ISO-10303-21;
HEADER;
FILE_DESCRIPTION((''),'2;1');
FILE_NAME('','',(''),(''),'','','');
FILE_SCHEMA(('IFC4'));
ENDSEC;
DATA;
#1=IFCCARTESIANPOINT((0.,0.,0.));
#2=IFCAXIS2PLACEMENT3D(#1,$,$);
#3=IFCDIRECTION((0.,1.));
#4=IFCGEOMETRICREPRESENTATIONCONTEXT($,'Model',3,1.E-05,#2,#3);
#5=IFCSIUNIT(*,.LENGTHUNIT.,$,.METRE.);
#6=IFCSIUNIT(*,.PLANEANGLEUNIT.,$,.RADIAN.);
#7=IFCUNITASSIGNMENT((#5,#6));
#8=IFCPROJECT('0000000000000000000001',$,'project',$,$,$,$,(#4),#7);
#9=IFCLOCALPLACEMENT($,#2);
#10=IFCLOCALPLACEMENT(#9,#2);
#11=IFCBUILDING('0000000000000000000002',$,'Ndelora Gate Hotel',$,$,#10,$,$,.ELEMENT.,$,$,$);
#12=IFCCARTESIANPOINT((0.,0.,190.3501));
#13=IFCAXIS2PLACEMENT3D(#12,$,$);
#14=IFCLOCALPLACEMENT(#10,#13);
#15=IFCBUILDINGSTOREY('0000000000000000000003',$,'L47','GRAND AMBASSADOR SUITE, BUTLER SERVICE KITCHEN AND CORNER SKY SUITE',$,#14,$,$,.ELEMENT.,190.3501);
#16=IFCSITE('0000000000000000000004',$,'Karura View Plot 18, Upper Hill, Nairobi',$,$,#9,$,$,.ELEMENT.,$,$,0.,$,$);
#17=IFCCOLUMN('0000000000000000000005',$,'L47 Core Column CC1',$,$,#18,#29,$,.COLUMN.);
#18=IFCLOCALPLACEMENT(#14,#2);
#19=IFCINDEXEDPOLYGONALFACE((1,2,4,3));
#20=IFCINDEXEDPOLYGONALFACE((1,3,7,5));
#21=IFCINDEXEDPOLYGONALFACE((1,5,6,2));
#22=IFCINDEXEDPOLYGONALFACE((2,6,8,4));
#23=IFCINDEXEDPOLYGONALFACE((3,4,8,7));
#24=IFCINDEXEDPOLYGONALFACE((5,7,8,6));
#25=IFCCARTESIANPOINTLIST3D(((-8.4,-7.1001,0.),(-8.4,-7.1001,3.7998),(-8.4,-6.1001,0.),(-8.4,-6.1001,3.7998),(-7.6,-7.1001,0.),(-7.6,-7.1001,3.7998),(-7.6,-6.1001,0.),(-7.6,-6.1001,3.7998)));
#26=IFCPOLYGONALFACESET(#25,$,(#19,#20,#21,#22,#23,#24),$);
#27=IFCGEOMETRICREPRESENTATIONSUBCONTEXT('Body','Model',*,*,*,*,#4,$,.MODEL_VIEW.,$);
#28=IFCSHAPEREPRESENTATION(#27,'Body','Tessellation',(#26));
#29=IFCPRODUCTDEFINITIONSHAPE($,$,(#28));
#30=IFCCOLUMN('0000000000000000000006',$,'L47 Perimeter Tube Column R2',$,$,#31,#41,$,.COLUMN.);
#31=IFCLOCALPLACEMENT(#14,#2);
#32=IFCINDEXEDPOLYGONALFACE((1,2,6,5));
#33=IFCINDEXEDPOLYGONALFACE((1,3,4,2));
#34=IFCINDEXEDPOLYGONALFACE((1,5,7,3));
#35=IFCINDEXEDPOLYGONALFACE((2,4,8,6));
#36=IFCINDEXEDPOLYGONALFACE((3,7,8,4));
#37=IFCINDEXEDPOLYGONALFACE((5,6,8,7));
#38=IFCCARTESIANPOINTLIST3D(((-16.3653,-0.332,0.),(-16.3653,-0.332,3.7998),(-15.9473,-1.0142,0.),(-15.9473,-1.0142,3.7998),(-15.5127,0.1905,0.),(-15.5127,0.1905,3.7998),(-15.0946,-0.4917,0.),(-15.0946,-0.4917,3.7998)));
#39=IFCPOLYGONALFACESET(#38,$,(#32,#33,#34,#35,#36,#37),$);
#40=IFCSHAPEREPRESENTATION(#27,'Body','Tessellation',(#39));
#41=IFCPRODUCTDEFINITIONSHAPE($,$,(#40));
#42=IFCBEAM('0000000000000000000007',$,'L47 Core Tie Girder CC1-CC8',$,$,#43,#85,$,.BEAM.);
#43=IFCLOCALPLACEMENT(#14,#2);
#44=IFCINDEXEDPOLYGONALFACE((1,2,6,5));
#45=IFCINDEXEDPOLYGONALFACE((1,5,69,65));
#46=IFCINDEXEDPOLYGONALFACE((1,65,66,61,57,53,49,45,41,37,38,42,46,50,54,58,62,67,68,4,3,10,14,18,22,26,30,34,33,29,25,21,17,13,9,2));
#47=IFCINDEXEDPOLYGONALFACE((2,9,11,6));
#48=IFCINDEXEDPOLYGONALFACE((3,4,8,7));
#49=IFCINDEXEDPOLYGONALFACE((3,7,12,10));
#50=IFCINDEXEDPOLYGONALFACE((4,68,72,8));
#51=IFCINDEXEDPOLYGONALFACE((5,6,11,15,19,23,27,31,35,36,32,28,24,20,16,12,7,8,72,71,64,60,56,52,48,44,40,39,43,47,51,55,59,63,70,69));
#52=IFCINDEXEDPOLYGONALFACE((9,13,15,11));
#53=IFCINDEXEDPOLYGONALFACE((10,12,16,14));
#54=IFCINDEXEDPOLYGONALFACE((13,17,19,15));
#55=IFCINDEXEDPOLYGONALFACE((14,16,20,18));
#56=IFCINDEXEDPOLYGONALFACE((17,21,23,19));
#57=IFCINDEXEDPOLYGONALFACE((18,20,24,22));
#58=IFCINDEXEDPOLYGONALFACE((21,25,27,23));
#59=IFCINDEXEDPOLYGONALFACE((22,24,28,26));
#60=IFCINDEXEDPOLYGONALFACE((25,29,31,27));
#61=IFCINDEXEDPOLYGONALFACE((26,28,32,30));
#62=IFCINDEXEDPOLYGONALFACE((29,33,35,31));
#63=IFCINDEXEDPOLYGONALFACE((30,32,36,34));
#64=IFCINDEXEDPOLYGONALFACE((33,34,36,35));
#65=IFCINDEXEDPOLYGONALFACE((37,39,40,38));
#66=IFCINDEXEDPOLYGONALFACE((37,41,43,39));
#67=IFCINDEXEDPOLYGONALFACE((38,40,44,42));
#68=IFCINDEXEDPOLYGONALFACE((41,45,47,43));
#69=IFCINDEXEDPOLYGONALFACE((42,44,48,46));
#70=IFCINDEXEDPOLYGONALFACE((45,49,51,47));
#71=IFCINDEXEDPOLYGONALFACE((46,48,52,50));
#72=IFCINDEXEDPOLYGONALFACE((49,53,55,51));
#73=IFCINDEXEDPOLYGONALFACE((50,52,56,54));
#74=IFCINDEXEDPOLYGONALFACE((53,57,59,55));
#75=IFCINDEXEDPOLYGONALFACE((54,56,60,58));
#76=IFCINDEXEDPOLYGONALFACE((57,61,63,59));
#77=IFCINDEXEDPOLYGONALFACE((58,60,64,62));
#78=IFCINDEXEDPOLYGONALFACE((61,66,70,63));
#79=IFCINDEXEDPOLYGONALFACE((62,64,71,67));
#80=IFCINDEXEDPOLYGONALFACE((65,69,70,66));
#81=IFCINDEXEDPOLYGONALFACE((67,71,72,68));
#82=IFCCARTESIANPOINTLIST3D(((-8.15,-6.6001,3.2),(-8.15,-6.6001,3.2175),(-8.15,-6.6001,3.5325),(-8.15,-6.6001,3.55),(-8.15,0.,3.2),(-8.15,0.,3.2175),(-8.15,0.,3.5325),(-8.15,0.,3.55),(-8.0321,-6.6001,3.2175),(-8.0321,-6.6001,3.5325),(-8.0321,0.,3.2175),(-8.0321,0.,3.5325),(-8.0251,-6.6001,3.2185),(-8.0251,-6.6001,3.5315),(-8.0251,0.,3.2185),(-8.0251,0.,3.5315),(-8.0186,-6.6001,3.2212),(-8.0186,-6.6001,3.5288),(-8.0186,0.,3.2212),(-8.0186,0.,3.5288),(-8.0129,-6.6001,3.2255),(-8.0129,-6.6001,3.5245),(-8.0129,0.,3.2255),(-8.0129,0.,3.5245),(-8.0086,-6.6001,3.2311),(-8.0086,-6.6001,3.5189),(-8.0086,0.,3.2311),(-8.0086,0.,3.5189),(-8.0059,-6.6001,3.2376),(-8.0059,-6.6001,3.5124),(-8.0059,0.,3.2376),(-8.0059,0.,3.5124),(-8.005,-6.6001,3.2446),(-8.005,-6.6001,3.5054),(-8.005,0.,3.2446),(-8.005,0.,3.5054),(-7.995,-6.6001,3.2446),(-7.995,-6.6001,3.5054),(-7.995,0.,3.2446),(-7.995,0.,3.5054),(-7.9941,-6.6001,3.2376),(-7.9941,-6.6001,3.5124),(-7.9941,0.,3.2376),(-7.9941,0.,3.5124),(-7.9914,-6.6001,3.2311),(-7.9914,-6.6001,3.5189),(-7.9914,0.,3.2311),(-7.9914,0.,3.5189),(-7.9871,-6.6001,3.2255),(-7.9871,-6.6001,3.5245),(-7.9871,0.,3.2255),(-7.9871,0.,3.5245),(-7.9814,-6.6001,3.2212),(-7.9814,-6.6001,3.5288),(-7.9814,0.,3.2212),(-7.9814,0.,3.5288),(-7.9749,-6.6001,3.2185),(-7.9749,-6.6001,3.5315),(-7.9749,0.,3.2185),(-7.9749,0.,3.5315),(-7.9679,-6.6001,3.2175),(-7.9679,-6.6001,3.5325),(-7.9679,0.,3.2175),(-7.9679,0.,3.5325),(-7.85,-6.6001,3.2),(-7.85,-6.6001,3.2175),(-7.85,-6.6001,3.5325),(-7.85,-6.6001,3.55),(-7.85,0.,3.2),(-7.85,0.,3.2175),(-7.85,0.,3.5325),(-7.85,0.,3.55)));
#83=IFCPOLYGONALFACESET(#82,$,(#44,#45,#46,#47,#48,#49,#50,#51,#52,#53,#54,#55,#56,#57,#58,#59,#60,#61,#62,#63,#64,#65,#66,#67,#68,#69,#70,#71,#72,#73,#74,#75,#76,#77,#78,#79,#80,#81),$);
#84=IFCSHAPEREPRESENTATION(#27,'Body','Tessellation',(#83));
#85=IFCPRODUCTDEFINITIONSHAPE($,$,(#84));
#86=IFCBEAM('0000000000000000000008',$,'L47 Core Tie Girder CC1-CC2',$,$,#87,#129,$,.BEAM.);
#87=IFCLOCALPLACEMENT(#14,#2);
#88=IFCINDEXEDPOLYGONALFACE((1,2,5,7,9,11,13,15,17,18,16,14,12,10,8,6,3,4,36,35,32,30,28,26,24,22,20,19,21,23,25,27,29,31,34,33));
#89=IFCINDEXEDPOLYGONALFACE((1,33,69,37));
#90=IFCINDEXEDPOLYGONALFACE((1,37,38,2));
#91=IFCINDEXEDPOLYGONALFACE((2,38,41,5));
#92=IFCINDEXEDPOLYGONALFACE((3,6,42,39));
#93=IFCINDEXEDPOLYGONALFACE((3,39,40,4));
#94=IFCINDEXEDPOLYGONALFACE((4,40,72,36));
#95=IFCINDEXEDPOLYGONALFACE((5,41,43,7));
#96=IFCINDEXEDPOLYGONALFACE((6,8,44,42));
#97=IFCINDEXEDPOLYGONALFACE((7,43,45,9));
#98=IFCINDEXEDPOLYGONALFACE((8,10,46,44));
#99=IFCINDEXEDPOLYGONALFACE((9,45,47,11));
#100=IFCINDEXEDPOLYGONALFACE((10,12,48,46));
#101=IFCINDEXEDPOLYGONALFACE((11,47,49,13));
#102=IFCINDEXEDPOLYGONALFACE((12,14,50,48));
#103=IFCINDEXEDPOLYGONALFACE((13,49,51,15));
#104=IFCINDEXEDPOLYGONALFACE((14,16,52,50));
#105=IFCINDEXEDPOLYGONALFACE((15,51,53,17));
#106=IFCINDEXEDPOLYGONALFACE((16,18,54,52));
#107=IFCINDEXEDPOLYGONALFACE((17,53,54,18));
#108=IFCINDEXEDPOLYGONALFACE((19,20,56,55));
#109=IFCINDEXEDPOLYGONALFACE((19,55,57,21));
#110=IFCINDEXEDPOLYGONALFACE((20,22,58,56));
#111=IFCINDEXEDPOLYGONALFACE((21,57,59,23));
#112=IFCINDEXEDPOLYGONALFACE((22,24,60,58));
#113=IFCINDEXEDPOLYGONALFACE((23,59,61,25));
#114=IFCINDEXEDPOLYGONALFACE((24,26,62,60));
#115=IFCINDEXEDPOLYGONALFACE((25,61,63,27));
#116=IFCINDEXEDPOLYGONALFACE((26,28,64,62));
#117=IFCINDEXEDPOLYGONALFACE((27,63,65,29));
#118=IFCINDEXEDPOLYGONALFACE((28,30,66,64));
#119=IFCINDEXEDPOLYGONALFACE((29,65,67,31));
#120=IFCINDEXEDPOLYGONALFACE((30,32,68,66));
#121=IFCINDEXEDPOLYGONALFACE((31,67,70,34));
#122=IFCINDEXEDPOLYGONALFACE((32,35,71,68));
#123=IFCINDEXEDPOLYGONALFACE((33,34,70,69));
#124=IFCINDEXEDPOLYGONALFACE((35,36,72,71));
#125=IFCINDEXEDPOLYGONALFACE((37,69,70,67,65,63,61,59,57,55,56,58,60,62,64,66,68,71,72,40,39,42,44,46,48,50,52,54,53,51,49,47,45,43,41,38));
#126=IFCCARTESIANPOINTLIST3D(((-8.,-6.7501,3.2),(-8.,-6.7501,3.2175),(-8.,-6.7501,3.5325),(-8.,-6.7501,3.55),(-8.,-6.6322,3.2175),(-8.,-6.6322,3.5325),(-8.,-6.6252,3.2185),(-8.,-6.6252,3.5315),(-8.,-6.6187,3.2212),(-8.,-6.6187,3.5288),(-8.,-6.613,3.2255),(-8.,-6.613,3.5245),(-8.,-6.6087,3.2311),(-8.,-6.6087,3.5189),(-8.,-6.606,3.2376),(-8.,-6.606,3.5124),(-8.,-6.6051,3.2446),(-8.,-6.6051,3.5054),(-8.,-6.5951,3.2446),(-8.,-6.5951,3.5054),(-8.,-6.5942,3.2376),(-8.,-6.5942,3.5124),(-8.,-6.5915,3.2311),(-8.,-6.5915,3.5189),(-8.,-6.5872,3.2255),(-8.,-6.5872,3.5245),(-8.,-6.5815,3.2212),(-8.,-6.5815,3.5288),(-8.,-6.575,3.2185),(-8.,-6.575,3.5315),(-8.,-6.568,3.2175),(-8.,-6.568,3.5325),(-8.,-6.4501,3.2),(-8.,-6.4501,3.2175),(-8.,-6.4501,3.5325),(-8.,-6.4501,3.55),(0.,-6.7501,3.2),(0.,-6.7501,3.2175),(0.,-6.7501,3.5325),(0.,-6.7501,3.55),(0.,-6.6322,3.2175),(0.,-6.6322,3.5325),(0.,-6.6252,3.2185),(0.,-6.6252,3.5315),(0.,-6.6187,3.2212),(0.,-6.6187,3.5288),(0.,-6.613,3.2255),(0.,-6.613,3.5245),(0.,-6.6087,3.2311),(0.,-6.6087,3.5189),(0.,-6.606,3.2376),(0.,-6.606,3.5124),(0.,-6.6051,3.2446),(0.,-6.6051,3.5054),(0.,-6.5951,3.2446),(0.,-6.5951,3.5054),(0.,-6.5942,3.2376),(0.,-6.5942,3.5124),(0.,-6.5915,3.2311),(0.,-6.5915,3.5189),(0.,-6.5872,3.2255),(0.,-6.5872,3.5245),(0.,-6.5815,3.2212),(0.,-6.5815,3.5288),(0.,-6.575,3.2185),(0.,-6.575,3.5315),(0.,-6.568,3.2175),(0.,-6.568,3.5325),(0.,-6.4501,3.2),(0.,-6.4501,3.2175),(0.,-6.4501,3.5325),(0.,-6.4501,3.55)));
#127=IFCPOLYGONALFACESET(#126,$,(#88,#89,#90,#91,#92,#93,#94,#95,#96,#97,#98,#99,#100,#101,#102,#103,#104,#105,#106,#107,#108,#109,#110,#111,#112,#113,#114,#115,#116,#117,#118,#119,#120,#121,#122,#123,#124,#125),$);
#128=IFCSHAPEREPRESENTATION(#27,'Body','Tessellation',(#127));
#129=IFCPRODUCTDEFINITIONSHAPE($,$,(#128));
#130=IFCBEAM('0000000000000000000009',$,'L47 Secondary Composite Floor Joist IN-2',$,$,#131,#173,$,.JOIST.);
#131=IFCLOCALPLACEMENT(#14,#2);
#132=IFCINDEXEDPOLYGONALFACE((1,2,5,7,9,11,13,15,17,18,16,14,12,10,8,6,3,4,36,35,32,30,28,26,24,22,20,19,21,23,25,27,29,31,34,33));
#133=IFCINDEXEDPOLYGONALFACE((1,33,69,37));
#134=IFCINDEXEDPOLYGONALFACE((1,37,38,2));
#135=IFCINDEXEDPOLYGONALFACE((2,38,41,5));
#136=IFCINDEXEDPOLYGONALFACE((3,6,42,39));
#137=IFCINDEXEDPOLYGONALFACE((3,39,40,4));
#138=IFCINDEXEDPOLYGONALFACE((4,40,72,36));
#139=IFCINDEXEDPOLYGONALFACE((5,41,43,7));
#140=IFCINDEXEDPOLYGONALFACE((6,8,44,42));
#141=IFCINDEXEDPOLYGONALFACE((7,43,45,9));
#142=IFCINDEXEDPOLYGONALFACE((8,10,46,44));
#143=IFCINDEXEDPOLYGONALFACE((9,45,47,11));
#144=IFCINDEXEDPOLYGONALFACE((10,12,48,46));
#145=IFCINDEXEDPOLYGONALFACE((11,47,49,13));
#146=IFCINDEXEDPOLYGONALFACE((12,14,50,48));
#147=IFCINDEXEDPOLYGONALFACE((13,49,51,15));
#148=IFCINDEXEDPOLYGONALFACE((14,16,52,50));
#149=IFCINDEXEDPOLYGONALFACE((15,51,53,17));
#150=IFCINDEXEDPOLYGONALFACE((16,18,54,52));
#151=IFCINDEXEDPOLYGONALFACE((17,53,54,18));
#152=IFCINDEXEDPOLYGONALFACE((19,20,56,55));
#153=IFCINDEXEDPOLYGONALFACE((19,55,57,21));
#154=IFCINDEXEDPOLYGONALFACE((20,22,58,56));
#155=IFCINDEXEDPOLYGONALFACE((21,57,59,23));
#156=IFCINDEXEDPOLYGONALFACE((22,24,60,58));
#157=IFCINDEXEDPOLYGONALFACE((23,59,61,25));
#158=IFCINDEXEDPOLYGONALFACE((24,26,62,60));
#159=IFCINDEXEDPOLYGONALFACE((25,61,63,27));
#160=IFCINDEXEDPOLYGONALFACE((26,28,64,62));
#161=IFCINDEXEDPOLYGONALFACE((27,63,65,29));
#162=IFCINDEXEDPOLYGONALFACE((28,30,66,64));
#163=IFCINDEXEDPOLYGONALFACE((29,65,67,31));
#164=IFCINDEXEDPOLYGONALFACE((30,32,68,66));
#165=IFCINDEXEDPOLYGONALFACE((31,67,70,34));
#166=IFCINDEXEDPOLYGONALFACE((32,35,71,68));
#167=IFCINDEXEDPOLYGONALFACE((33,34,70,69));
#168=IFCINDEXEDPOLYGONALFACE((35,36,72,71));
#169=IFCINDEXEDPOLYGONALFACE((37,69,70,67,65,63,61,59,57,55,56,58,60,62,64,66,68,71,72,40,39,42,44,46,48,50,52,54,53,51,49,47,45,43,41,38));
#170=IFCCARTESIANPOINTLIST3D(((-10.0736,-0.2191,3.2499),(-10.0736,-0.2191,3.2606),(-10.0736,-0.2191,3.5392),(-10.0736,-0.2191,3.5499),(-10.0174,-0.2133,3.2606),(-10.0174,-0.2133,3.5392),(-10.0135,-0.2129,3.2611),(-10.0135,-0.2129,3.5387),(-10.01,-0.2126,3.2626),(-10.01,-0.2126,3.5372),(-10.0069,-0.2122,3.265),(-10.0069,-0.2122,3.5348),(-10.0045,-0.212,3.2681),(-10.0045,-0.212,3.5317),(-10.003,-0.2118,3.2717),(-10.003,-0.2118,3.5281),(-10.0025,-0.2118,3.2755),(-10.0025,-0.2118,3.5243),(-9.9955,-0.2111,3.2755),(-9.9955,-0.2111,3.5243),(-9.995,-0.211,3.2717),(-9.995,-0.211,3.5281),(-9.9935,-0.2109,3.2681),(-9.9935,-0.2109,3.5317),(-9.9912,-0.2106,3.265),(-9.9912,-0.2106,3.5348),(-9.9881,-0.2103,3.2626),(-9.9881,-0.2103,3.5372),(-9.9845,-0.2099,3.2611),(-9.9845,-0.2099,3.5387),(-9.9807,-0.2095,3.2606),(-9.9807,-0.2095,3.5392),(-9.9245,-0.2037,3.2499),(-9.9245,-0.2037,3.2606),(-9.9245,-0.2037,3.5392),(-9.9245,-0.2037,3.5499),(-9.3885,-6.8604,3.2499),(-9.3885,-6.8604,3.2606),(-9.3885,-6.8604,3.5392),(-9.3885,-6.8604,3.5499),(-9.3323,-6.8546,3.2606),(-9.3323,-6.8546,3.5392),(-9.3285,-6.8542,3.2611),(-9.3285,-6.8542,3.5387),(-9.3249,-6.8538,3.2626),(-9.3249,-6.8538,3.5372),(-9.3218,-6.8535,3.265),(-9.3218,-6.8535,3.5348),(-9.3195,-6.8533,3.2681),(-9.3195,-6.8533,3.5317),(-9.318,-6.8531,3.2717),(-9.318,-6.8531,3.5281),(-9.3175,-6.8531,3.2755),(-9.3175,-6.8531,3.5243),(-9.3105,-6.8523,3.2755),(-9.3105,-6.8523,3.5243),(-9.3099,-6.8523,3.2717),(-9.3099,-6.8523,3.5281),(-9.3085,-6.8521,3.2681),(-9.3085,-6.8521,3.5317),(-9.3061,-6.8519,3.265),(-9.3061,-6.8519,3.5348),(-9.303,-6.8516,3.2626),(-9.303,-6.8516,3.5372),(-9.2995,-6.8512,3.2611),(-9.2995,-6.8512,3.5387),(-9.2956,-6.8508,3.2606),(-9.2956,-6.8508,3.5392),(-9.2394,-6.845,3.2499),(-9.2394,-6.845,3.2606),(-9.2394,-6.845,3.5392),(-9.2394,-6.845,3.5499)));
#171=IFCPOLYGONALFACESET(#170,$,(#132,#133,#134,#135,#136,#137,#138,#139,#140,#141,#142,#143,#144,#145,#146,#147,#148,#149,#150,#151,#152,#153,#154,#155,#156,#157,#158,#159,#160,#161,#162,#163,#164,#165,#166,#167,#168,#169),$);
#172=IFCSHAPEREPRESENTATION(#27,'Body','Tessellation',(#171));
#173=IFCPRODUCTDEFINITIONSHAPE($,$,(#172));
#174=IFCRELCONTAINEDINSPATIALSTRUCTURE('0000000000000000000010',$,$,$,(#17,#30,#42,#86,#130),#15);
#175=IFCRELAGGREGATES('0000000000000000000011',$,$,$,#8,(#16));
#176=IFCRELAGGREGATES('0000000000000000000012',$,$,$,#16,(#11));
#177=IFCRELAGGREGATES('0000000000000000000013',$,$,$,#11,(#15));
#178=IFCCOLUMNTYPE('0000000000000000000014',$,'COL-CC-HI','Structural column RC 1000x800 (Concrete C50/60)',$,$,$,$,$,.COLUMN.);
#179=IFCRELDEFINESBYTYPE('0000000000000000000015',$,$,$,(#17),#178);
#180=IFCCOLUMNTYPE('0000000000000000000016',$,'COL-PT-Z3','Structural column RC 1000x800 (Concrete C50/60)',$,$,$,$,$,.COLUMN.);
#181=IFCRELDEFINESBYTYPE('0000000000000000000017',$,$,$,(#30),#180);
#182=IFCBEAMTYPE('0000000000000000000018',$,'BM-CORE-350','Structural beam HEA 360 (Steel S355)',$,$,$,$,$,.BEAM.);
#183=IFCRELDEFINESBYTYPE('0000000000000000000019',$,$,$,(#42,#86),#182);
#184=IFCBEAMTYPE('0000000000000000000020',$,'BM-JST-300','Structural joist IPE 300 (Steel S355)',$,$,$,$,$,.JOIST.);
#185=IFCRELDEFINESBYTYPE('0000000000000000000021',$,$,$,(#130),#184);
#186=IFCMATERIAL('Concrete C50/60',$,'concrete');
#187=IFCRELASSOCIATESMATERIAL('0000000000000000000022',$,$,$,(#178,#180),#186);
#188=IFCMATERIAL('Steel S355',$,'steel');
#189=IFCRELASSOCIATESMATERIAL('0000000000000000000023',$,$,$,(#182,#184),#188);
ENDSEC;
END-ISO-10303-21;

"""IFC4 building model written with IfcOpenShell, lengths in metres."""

from ifc_helpers import new_model, si_unit, direction, frame, origin, origin_2d, place, context, subcontext, project, spatial, rectangle, i_section, extrude, material, material_profile, profile_set, type_object, element, save


model = new_model("IFC4")

# Units and contexts
model_context = context("Model", 3, precision=1e-05, world=origin(), true_north=direction((0.0, 1.0)))
body_context = subcontext(model_context, "Body", "Model", "MODEL_VIEW")
ifc_project = project(units=[si_unit("LENGTHUNIT", "METRE"), si_unit("PLANEANGLEUNIT", "RADIAN")], contexts=[model_context])

# Site, building, storey
site_placement = place(None, origin())
site = spatial("IfcSite", under=ifc_project, at=site_placement, Name="Karura View Plot 18, Upper Hill, Nairobi", CompositionType="ELEMENT", RefElevation=0.0)
building_placement = place(site_placement, origin())
building = spatial("IfcBuilding", under=site, at=building_placement, Name="Ndelora Gate Hotel", CompositionType="ELEMENT")
storey_placement = place(building_placement, frame((0.0, 0.0, 190.3501)))
storey = spatial("IfcBuildingStorey", under=building, at=storey_placement, Name="L47", Description="GRAND AMBASSADOR SUITE, BUTLER SERVICE KITCHEN AND CORNER SKY SUITE", CompositionType="ELEMENT", Elevation=190.3501)

# Columns
ifc_material_1 = material(Name="Concrete C50/60", Category="concrete")
ifc_material_profile_1 = material_profile(ifc_material_1, rectangle(XDim=0.8, YDim=1.0, at=origin_2d()), Name="RC 1000x800")
ifc_profile_set_1 = profile_set([ifc_material_profile_1], Name="Concrete C50/60")
column_type_1 = type_object("IfcColumnType", Name="COL-CC-HI", Description="Structural column RC 1000x800 (Concrete C50/60)", PredefinedType="COLUMN", material=ifc_profile_set_1)
column_1_placement = place(storey_placement, frame((-8.0, -6.6001, 0.0), z_axis=(0.0, 0.0, 1.0), x_axis=(1.0, 0.0, 0.0)))
element("IfcColumn", 1, at=column_1_placement, inside=storey, type_object=column_type_1, Name="L47 Core Column CC1", PredefinedType="COLUMN", context=body_context, shape_type="SweptSolid", body=[
    extrude(rectangle(XDim=0.8, YDim=1.0, at=origin_2d()), origin(), (0.0, 0.0, 1.0), 3.7998),
])
ifc_material_profile_2 = material_profile(ifc_material_1, rectangle(XDim=0.8, YDim=1.0, at=origin_2d()), Name="RC 1000x800")
ifc_profile_set_2 = profile_set([ifc_material_profile_2], Name="Concrete C50/60")
column_type_2 = type_object("IfcColumnType", Name="COL-PT-Z3", Description="Structural column RC 1000x800 (Concrete C50/60)", PredefinedType="COLUMN", material=ifc_profile_set_2)
column_2_placement = place(storey_placement, frame((-15.73, -0.4119, 0.0), z_axis=(0.0, 0.0, 1.0), x_axis=(-0.522499, 0.85264, 0.0)))
element("IfcColumn", 2, at=column_2_placement, inside=storey, type_object=column_type_2, Name="L47 Perimeter Tube Column R2", PredefinedType="COLUMN", context=body_context, shape_type="SweptSolid", body=[
    extrude(rectangle(XDim=0.8, YDim=1.0, at=origin_2d()), origin(), (0.0, 0.0, 1.0), 3.7998),
])

# Beams
ifc_material_2 = material(Name="Steel S355", Category="steel")
ifc_material_profile_3 = material_profile(ifc_material_2, i_section(OverallWidth=0.3, OverallDepth=0.3501, WebThickness=0.01, FlangeThickness=0.0176, FilletRadius=0.0271, at=origin_2d()), Name="HEA 360")
ifc_profile_set_3 = profile_set([ifc_material_profile_3], Name="Steel S355")
beam_type_1 = type_object("IfcBeamType", Name="BM-CORE-350", Description="Structural beam HEA 360 (Steel S355)", PredefinedType="BEAM", material=ifc_profile_set_3)
beam_1_placement = place(storey_placement, frame((-8.0, -6.6001, 3.375), z_axis=(0.0, 1.0, 0.0), x_axis=(-1.0, 0.0, 0.0)))
element("IfcBeam", 3, at=beam_1_placement, inside=storey, type_object=beam_type_1, Name="L47 Core Tie Girder CC1-CC8", PredefinedType="BEAM", context=body_context, shape_type="SweptSolid", body=[
    extrude(i_section(OverallWidth=0.3, OverallDepth=0.3501, WebThickness=0.01, FlangeThickness=0.0176, FilletRadius=0.0271, at=origin_2d()), origin(), (0.0, 0.0, 1.0), 6.6001),
])
beam_2_placement = place(storey_placement, frame((-8.0, -6.6001, 3.375), z_axis=(1.0, 0.0, 0.0), x_axis=(0.0, 1.0, 0.0)))
element("IfcBeam", 4, at=beam_2_placement, inside=storey, type_object=beam_type_1, Name="L47 Core Tie Girder CC1-CC2", PredefinedType="BEAM", context=body_context, shape_type="SweptSolid", body=[
    extrude(i_section(OverallWidth=0.3, OverallDepth=0.3501, WebThickness=0.01, FlangeThickness=0.0176, FilletRadius=0.0271, at=origin_2d()), origin(), (0.0, 0.0, 1.0), 8.0),
])
ifc_material_profile_4 = material_profile(ifc_material_2, i_section(OverallWidth=0.1499, OverallDepth=0.3, WebThickness=0.0071, FlangeThickness=0.0107, FilletRadius=0.0149, at=origin_2d()), Name="IPE 300")
ifc_profile_set_4 = profile_set([ifc_material_profile_4], Name="Steel S355")
beam_type_2 = type_object("IfcBeamType", Name="BM-JST-300", Description="Structural joist IPE 300 (Steel S355)", PredefinedType="JOIST", material=ifc_profile_set_4)
beam_3_placement = place(storey_placement, frame((-9.999, -0.2114, 3.3999), z_axis=(0.102606, -0.994722, 0.0), x_axis=(0.994722, 0.102606, 0.0)))
element("IfcBeam", 5, at=beam_3_placement, inside=storey, type_object=beam_type_2, Name="L47 Secondary Composite Floor Joist IN-2", PredefinedType="JOIST", context=body_context, shape_type="SweptSolid", body=[
    extrude(i_section(OverallWidth=0.1499, OverallDepth=0.3, WebThickness=0.0071, FlangeThickness=0.0107, FilletRadius=0.0149, at=origin_2d()), origin(), (0.0, 0.0, 1.0), 6.6765),
])

save(model, "model.ifc")
